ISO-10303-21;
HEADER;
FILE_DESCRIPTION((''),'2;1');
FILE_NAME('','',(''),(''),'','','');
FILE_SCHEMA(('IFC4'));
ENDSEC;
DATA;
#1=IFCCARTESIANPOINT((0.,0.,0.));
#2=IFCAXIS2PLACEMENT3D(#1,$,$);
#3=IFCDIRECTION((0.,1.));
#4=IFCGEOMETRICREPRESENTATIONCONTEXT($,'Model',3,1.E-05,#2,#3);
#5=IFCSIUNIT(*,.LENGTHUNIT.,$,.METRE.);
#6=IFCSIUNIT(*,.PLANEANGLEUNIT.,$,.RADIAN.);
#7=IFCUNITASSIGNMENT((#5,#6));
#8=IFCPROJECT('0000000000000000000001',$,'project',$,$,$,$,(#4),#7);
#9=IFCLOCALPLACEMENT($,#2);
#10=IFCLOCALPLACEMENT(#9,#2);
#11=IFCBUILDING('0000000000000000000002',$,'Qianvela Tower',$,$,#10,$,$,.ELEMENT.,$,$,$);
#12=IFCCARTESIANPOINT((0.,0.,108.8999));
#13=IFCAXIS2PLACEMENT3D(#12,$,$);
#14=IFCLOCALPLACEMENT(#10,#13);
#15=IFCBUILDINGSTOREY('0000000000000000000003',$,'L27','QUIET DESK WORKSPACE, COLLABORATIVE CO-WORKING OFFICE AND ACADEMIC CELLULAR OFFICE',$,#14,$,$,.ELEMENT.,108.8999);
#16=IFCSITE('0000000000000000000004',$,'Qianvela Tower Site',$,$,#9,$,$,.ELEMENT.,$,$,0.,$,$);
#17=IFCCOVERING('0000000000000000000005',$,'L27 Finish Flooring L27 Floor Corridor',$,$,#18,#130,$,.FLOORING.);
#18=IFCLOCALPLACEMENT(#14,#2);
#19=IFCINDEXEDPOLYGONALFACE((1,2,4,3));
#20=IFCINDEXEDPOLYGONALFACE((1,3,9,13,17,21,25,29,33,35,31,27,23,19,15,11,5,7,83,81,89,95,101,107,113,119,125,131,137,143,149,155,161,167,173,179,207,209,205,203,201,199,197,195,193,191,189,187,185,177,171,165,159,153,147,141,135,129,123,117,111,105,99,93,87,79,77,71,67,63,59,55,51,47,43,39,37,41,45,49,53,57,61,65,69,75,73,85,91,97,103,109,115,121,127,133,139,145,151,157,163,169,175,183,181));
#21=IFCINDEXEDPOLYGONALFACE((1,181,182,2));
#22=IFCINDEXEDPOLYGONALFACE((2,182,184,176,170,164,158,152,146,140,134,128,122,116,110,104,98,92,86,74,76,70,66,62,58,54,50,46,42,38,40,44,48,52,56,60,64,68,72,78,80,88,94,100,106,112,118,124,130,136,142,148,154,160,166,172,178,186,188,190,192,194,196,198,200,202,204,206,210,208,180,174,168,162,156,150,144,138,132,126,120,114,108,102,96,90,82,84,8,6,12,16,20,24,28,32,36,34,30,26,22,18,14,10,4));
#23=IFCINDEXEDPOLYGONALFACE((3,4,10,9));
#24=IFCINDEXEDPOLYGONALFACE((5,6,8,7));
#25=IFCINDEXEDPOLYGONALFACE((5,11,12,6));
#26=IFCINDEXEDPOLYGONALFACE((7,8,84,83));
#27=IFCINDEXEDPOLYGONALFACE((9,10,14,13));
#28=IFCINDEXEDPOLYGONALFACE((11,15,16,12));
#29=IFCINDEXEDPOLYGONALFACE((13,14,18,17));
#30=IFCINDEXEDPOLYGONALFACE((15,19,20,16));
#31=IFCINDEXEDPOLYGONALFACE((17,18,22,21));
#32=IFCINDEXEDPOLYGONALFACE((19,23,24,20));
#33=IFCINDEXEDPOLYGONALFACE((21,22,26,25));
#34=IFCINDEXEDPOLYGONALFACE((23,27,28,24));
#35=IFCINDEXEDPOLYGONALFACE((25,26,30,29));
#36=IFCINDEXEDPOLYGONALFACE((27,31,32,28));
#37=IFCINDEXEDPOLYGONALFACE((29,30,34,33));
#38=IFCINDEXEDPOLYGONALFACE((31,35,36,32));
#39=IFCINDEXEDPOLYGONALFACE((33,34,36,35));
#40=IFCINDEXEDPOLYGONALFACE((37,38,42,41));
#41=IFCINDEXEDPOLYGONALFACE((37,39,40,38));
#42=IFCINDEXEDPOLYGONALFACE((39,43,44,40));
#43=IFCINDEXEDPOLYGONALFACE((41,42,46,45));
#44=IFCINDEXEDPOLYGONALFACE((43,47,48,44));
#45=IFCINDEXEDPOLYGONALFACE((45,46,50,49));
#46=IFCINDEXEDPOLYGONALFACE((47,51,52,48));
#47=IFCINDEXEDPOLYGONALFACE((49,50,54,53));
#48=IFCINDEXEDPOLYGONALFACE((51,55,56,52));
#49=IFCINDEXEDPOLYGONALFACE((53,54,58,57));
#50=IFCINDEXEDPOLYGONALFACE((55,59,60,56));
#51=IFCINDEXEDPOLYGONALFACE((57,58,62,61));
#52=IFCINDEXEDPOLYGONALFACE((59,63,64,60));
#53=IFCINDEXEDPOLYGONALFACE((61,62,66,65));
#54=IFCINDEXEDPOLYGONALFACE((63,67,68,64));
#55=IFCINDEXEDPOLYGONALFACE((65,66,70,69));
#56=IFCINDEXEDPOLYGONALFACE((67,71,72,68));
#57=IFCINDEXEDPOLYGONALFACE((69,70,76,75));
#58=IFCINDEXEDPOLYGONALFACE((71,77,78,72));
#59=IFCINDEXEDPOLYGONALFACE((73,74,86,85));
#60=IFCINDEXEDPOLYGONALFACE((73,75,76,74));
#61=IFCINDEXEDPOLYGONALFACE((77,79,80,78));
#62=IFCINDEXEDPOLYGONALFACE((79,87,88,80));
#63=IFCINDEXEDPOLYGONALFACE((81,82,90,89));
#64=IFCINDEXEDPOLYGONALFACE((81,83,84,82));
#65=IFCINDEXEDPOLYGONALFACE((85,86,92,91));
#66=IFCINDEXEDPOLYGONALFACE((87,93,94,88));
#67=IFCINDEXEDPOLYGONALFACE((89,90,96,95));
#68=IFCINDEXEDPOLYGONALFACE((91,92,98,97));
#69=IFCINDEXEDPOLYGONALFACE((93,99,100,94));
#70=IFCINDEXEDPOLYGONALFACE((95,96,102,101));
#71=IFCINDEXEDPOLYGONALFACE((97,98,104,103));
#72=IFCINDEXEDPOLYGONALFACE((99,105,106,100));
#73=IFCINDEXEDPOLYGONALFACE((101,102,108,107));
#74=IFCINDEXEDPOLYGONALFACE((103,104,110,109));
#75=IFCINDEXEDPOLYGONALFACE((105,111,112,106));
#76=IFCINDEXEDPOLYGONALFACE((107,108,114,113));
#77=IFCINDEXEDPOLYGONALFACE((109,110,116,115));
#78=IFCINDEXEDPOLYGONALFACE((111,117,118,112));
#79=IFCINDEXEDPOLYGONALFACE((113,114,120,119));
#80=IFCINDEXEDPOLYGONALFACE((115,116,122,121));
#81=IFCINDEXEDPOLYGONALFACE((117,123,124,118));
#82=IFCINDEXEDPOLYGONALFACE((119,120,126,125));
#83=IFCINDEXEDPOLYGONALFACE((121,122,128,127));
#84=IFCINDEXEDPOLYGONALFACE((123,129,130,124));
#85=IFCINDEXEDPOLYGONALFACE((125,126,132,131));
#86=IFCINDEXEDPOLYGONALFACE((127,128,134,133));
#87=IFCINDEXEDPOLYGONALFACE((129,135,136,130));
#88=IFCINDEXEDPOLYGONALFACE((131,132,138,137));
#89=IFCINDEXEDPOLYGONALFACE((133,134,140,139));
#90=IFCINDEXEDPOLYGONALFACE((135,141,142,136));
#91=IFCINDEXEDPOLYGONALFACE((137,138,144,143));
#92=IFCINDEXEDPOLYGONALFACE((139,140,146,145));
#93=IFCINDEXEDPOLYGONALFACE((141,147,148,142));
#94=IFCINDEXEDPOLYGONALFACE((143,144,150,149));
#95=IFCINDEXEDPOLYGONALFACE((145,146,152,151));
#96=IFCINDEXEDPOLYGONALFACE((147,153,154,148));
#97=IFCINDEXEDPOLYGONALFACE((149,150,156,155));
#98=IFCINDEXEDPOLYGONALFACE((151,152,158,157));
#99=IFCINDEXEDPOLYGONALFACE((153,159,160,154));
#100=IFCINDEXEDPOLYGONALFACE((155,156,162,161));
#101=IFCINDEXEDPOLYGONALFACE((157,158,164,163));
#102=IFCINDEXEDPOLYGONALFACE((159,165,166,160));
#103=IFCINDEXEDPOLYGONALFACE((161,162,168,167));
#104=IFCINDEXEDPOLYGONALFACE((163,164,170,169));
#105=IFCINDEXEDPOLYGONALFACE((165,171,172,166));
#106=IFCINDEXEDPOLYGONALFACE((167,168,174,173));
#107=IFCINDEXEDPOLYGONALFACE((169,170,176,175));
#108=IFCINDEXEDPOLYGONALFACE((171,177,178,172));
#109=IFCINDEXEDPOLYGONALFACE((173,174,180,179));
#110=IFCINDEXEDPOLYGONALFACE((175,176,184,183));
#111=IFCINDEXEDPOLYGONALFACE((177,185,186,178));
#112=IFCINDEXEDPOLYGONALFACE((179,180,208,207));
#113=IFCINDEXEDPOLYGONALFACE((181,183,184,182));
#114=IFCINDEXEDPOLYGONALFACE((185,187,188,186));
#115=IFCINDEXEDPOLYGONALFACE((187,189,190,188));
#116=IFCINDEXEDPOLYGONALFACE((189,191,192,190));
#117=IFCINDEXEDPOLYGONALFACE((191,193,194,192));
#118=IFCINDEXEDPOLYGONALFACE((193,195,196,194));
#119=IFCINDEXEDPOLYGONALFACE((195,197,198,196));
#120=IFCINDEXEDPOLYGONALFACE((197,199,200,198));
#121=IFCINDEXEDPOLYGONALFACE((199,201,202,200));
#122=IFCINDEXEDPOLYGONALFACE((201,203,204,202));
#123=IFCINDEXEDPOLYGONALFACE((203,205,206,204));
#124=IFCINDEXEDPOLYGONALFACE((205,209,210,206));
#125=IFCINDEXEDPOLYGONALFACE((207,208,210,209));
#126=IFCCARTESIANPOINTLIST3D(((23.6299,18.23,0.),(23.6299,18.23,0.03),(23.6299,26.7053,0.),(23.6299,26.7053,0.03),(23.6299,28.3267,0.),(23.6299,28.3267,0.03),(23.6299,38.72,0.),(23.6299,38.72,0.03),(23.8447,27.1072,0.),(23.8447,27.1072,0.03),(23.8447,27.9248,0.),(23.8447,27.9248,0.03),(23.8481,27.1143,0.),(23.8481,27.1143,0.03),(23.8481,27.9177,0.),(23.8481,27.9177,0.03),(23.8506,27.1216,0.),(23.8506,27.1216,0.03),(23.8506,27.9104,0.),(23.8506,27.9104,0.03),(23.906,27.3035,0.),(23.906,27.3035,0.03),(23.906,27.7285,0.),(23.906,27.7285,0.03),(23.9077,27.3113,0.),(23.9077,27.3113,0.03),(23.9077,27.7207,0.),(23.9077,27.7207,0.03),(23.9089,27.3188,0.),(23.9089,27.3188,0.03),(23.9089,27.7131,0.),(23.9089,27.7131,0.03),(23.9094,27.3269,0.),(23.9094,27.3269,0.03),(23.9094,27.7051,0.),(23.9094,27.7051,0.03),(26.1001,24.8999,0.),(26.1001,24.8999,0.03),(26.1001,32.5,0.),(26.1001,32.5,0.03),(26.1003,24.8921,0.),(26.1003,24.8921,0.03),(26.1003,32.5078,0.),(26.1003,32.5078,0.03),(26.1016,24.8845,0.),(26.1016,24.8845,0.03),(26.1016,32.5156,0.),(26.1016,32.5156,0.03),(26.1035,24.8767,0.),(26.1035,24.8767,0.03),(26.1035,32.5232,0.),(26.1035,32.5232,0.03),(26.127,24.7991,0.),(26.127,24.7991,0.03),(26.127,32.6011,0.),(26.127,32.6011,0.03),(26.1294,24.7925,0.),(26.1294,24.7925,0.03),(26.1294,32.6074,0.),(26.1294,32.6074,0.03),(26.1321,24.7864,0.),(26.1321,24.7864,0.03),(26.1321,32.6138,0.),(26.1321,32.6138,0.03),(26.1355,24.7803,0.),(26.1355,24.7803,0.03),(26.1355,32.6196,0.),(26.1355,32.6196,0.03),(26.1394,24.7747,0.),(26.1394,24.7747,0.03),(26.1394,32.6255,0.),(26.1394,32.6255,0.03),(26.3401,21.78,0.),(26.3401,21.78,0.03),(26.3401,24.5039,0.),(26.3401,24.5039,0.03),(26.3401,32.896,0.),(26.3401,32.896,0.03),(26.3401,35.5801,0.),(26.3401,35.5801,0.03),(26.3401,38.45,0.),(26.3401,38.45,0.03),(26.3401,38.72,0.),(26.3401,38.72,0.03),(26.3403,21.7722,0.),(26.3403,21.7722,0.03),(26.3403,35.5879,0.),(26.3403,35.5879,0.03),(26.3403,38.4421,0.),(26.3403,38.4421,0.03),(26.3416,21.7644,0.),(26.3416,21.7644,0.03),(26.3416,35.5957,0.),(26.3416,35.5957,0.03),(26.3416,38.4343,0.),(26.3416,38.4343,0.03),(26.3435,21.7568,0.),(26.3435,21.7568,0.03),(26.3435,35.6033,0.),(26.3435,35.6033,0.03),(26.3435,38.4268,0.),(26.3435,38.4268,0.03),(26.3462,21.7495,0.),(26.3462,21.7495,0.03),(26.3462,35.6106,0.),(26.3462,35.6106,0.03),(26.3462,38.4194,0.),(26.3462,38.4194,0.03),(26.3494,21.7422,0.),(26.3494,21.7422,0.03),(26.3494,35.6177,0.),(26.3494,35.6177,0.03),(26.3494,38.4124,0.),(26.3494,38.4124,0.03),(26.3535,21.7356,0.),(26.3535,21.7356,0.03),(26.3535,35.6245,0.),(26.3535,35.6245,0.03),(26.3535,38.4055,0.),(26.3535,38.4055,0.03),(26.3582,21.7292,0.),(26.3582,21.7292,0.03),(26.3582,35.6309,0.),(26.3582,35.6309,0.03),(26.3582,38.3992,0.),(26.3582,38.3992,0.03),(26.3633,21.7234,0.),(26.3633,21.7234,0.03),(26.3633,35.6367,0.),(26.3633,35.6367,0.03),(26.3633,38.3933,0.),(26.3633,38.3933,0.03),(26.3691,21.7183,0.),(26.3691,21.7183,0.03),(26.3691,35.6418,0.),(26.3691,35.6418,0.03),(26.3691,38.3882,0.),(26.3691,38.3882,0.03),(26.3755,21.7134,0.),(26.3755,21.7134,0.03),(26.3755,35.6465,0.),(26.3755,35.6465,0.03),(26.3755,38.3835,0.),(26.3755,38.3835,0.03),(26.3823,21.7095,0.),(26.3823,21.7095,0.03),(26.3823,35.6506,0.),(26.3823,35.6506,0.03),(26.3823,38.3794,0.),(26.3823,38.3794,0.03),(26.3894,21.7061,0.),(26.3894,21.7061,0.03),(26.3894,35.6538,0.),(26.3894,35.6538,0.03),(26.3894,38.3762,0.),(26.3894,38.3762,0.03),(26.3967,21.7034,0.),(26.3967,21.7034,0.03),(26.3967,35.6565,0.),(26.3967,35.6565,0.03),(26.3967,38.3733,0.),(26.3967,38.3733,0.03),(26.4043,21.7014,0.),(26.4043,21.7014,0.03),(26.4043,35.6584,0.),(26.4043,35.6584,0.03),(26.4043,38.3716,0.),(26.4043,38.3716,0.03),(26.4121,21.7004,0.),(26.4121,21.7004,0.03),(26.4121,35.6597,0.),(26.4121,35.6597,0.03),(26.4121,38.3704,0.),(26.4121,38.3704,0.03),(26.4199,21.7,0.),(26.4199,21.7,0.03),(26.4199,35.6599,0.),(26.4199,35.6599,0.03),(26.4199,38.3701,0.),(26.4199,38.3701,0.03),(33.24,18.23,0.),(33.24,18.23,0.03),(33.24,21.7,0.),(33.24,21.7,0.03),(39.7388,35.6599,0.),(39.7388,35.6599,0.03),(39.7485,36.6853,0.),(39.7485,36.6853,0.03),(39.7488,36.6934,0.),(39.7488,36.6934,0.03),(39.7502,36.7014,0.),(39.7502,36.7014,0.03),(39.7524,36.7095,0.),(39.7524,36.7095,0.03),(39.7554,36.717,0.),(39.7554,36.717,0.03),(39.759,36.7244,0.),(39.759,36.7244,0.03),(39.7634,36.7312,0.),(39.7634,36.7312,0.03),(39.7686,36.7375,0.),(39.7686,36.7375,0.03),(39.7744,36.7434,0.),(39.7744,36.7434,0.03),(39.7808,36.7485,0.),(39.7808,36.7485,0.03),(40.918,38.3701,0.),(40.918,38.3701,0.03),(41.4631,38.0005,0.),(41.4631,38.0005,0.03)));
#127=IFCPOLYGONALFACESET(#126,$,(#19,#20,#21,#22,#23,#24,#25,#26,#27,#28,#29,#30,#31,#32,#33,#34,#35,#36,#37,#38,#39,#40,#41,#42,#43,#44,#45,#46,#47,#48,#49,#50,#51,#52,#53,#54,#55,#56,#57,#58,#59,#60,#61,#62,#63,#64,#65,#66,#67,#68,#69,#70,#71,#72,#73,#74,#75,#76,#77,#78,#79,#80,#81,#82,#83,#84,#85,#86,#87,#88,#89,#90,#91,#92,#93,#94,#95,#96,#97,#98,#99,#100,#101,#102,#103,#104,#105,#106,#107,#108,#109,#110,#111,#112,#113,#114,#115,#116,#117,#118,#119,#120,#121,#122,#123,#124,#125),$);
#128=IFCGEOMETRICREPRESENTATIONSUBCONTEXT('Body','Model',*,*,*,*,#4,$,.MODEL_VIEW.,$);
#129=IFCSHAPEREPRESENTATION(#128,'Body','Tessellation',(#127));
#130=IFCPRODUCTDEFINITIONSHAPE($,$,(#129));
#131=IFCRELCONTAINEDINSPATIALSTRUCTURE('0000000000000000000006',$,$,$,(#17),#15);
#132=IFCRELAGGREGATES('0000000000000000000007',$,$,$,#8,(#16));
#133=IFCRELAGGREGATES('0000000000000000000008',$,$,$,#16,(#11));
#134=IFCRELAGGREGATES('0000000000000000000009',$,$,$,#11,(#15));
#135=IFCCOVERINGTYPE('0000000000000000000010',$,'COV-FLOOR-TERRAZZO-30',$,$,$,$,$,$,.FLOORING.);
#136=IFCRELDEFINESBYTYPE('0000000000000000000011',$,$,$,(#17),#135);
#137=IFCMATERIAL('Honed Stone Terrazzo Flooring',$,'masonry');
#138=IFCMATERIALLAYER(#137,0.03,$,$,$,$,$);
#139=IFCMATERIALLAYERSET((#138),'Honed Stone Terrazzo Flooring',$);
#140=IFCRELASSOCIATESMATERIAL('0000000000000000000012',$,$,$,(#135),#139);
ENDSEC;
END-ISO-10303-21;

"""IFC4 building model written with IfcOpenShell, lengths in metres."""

from ifc_helpers import new_model, si_unit, direction, frame, origin, place, context, subcontext, project, spatial, polyline, outline, extrude, material, layer, layer_set, type_object, element, save


model = new_model("IFC4")

# Units and contexts
model_context = context("Model", 3, precision=1e-05, world=origin(), true_north=direction((0.0, 1.0)))
body_context = subcontext(model_context, "Body", "Model", "MODEL_VIEW")
ifc_project = project(units=[si_unit("LENGTHUNIT", "METRE"), si_unit("PLANEANGLEUNIT", "RADIAN")], contexts=[model_context])

# Site, building, storey
site_placement = place(None, origin())
site = spatial("IfcSite", under=ifc_project, at=site_placement, Name="Qianvela Tower Site", CompositionType="ELEMENT", RefElevation=0.0)
building_placement = place(site_placement, origin())
building = spatial("IfcBuilding", under=site, at=building_placement, Name="Qianvela Tower", CompositionType="ELEMENT")
storey_placement = place(building_placement, frame((0.0, 0.0, 108.8999)))
storey = spatial("IfcBuildingStorey", under=building, at=storey_placement, Name="L27", Description="QUIET DESK WORKSPACE, COLLABORATIVE CO-WORKING OFFICE AND ACADEMIC CELLULAR OFFICE", CompositionType="ELEMENT", Elevation=108.8999)

# Covering
ifc_material_1 = material(Name="Honed Stone Terrazzo Flooring", Category="masonry")
ifc_layer_1 = layer(ifc_material_1, 0.03)
ifc_layer_set_1 = layer_set([ifc_layer_1], Name="Honed Stone Terrazzo Flooring")
covering_type_1 = type_object("IfcCoveringType", Name="COV-FLOOR-TERRAZZO-30", PredefinedType="FLOORING", material=ifc_layer_set_1)
covering_1_placement = place(storey_placement, origin())
element("IfcCovering", 1, at=covering_1_placement, inside=storey, type_object=covering_type_1, Name="L27 Finish Flooring L27 Floor Corridor", PredefinedType="FLOORING", context=body_context, shape_type="SweptSolid", body=[
    extrude(outline(polyline([(23.8506, 27.9104), (23.8481, 27.9177), (23.8447, 27.9248), (23.6299, 28.3267), (23.6299, 38.72), (26.3401, 38.72), (26.3401, 38.45), (26.3403, 38.4421), (26.3416, 38.4343), (26.3435, 38.4268), (26.3462, 38.4194), (26.3494, 38.4124), (26.3535, 38.4055), (26.3582, 38.3992), (26.3633, 38.3933), (26.3691, 38.3882), (26.3755, 38.3835), (26.3823, 38.3794), (26.3894, 38.3762), (26.3967, 38.3733), (26.4043, 38.3716), (26.4121, 38.3704), (26.4199, 38.3701), (40.918, 38.3701), (41.4631, 38.0005), (39.7808, 36.7485), (39.7744, 36.7434), (39.7686, 36.7375), (39.7634, 36.7312), (39.759, 36.7244), (39.7554, 36.717), (39.7524, 36.7095), (39.7502, 36.7014), (39.7488, 36.6934), (39.7485, 36.6853), (39.7388, 35.6599), (26.4199, 35.6599), (26.4121, 35.6597), (26.4043, 35.6584), (26.3967, 35.6565), (26.3894, 35.6538), (26.3823, 35.6506), (26.3755, 35.6465), (26.3691, 35.6418), (26.3633, 35.6367), (26.3582, 35.6309), (26.3535, 35.6245), (26.3494, 35.6177), (26.3462, 35.6106), (26.3435, 35.6033), (26.3416, 35.5957), (26.3403, 35.5879), (26.3401, 35.5801), (26.3401, 32.896), (26.1394, 32.6255), (26.1355, 32.6196), (26.1321, 32.6138), (26.1294, 32.6074), (26.127, 32.6011), (26.1035, 32.5232), (26.1016, 32.5156), (26.1003, 32.5078), (26.1001, 32.5), (26.1001, 24.8999), (26.1003, 24.8921), (26.1016, 24.8845), (26.1035, 24.8767), (26.127, 24.7991), (26.1294, 24.7925), (26.1321, 24.7864), (26.1355, 24.7803), (26.1394, 24.7747), (26.3401, 24.5039), (26.3401, 21.78), (26.3403, 21.7722), (26.3416, 21.7644), (26.3435, 21.7568), (26.3462, 21.7495), (26.3494, 21.7422), (26.3535, 21.7356), (26.3582, 21.7292), (26.3633, 21.7234), (26.3691, 21.7183), (26.3755, 21.7134), (26.3823, 21.7095), (26.3894, 21.7061), (26.3967, 21.7034), (26.4043, 21.7014), (26.4121, 21.7004), (26.4199, 21.7), (33.24, 21.7), (33.24, 18.23), (23.6299, 18.23), (23.6299, 26.7053), (23.8447, 27.1072), (23.8481, 27.1143), (23.8506, 27.1216), (23.906, 27.3035), (23.9077, 27.3113), (23.9089, 27.3188), (23.9094, 27.3269), (23.9094, 27.7051), (23.9089, 27.7131), (23.9077, 27.7207), (23.906, 27.7285), (23.8506, 27.9104)])), origin(), (0.0, 0.0, 1.0), 0.03),
])

save(model, "model.ifc")
